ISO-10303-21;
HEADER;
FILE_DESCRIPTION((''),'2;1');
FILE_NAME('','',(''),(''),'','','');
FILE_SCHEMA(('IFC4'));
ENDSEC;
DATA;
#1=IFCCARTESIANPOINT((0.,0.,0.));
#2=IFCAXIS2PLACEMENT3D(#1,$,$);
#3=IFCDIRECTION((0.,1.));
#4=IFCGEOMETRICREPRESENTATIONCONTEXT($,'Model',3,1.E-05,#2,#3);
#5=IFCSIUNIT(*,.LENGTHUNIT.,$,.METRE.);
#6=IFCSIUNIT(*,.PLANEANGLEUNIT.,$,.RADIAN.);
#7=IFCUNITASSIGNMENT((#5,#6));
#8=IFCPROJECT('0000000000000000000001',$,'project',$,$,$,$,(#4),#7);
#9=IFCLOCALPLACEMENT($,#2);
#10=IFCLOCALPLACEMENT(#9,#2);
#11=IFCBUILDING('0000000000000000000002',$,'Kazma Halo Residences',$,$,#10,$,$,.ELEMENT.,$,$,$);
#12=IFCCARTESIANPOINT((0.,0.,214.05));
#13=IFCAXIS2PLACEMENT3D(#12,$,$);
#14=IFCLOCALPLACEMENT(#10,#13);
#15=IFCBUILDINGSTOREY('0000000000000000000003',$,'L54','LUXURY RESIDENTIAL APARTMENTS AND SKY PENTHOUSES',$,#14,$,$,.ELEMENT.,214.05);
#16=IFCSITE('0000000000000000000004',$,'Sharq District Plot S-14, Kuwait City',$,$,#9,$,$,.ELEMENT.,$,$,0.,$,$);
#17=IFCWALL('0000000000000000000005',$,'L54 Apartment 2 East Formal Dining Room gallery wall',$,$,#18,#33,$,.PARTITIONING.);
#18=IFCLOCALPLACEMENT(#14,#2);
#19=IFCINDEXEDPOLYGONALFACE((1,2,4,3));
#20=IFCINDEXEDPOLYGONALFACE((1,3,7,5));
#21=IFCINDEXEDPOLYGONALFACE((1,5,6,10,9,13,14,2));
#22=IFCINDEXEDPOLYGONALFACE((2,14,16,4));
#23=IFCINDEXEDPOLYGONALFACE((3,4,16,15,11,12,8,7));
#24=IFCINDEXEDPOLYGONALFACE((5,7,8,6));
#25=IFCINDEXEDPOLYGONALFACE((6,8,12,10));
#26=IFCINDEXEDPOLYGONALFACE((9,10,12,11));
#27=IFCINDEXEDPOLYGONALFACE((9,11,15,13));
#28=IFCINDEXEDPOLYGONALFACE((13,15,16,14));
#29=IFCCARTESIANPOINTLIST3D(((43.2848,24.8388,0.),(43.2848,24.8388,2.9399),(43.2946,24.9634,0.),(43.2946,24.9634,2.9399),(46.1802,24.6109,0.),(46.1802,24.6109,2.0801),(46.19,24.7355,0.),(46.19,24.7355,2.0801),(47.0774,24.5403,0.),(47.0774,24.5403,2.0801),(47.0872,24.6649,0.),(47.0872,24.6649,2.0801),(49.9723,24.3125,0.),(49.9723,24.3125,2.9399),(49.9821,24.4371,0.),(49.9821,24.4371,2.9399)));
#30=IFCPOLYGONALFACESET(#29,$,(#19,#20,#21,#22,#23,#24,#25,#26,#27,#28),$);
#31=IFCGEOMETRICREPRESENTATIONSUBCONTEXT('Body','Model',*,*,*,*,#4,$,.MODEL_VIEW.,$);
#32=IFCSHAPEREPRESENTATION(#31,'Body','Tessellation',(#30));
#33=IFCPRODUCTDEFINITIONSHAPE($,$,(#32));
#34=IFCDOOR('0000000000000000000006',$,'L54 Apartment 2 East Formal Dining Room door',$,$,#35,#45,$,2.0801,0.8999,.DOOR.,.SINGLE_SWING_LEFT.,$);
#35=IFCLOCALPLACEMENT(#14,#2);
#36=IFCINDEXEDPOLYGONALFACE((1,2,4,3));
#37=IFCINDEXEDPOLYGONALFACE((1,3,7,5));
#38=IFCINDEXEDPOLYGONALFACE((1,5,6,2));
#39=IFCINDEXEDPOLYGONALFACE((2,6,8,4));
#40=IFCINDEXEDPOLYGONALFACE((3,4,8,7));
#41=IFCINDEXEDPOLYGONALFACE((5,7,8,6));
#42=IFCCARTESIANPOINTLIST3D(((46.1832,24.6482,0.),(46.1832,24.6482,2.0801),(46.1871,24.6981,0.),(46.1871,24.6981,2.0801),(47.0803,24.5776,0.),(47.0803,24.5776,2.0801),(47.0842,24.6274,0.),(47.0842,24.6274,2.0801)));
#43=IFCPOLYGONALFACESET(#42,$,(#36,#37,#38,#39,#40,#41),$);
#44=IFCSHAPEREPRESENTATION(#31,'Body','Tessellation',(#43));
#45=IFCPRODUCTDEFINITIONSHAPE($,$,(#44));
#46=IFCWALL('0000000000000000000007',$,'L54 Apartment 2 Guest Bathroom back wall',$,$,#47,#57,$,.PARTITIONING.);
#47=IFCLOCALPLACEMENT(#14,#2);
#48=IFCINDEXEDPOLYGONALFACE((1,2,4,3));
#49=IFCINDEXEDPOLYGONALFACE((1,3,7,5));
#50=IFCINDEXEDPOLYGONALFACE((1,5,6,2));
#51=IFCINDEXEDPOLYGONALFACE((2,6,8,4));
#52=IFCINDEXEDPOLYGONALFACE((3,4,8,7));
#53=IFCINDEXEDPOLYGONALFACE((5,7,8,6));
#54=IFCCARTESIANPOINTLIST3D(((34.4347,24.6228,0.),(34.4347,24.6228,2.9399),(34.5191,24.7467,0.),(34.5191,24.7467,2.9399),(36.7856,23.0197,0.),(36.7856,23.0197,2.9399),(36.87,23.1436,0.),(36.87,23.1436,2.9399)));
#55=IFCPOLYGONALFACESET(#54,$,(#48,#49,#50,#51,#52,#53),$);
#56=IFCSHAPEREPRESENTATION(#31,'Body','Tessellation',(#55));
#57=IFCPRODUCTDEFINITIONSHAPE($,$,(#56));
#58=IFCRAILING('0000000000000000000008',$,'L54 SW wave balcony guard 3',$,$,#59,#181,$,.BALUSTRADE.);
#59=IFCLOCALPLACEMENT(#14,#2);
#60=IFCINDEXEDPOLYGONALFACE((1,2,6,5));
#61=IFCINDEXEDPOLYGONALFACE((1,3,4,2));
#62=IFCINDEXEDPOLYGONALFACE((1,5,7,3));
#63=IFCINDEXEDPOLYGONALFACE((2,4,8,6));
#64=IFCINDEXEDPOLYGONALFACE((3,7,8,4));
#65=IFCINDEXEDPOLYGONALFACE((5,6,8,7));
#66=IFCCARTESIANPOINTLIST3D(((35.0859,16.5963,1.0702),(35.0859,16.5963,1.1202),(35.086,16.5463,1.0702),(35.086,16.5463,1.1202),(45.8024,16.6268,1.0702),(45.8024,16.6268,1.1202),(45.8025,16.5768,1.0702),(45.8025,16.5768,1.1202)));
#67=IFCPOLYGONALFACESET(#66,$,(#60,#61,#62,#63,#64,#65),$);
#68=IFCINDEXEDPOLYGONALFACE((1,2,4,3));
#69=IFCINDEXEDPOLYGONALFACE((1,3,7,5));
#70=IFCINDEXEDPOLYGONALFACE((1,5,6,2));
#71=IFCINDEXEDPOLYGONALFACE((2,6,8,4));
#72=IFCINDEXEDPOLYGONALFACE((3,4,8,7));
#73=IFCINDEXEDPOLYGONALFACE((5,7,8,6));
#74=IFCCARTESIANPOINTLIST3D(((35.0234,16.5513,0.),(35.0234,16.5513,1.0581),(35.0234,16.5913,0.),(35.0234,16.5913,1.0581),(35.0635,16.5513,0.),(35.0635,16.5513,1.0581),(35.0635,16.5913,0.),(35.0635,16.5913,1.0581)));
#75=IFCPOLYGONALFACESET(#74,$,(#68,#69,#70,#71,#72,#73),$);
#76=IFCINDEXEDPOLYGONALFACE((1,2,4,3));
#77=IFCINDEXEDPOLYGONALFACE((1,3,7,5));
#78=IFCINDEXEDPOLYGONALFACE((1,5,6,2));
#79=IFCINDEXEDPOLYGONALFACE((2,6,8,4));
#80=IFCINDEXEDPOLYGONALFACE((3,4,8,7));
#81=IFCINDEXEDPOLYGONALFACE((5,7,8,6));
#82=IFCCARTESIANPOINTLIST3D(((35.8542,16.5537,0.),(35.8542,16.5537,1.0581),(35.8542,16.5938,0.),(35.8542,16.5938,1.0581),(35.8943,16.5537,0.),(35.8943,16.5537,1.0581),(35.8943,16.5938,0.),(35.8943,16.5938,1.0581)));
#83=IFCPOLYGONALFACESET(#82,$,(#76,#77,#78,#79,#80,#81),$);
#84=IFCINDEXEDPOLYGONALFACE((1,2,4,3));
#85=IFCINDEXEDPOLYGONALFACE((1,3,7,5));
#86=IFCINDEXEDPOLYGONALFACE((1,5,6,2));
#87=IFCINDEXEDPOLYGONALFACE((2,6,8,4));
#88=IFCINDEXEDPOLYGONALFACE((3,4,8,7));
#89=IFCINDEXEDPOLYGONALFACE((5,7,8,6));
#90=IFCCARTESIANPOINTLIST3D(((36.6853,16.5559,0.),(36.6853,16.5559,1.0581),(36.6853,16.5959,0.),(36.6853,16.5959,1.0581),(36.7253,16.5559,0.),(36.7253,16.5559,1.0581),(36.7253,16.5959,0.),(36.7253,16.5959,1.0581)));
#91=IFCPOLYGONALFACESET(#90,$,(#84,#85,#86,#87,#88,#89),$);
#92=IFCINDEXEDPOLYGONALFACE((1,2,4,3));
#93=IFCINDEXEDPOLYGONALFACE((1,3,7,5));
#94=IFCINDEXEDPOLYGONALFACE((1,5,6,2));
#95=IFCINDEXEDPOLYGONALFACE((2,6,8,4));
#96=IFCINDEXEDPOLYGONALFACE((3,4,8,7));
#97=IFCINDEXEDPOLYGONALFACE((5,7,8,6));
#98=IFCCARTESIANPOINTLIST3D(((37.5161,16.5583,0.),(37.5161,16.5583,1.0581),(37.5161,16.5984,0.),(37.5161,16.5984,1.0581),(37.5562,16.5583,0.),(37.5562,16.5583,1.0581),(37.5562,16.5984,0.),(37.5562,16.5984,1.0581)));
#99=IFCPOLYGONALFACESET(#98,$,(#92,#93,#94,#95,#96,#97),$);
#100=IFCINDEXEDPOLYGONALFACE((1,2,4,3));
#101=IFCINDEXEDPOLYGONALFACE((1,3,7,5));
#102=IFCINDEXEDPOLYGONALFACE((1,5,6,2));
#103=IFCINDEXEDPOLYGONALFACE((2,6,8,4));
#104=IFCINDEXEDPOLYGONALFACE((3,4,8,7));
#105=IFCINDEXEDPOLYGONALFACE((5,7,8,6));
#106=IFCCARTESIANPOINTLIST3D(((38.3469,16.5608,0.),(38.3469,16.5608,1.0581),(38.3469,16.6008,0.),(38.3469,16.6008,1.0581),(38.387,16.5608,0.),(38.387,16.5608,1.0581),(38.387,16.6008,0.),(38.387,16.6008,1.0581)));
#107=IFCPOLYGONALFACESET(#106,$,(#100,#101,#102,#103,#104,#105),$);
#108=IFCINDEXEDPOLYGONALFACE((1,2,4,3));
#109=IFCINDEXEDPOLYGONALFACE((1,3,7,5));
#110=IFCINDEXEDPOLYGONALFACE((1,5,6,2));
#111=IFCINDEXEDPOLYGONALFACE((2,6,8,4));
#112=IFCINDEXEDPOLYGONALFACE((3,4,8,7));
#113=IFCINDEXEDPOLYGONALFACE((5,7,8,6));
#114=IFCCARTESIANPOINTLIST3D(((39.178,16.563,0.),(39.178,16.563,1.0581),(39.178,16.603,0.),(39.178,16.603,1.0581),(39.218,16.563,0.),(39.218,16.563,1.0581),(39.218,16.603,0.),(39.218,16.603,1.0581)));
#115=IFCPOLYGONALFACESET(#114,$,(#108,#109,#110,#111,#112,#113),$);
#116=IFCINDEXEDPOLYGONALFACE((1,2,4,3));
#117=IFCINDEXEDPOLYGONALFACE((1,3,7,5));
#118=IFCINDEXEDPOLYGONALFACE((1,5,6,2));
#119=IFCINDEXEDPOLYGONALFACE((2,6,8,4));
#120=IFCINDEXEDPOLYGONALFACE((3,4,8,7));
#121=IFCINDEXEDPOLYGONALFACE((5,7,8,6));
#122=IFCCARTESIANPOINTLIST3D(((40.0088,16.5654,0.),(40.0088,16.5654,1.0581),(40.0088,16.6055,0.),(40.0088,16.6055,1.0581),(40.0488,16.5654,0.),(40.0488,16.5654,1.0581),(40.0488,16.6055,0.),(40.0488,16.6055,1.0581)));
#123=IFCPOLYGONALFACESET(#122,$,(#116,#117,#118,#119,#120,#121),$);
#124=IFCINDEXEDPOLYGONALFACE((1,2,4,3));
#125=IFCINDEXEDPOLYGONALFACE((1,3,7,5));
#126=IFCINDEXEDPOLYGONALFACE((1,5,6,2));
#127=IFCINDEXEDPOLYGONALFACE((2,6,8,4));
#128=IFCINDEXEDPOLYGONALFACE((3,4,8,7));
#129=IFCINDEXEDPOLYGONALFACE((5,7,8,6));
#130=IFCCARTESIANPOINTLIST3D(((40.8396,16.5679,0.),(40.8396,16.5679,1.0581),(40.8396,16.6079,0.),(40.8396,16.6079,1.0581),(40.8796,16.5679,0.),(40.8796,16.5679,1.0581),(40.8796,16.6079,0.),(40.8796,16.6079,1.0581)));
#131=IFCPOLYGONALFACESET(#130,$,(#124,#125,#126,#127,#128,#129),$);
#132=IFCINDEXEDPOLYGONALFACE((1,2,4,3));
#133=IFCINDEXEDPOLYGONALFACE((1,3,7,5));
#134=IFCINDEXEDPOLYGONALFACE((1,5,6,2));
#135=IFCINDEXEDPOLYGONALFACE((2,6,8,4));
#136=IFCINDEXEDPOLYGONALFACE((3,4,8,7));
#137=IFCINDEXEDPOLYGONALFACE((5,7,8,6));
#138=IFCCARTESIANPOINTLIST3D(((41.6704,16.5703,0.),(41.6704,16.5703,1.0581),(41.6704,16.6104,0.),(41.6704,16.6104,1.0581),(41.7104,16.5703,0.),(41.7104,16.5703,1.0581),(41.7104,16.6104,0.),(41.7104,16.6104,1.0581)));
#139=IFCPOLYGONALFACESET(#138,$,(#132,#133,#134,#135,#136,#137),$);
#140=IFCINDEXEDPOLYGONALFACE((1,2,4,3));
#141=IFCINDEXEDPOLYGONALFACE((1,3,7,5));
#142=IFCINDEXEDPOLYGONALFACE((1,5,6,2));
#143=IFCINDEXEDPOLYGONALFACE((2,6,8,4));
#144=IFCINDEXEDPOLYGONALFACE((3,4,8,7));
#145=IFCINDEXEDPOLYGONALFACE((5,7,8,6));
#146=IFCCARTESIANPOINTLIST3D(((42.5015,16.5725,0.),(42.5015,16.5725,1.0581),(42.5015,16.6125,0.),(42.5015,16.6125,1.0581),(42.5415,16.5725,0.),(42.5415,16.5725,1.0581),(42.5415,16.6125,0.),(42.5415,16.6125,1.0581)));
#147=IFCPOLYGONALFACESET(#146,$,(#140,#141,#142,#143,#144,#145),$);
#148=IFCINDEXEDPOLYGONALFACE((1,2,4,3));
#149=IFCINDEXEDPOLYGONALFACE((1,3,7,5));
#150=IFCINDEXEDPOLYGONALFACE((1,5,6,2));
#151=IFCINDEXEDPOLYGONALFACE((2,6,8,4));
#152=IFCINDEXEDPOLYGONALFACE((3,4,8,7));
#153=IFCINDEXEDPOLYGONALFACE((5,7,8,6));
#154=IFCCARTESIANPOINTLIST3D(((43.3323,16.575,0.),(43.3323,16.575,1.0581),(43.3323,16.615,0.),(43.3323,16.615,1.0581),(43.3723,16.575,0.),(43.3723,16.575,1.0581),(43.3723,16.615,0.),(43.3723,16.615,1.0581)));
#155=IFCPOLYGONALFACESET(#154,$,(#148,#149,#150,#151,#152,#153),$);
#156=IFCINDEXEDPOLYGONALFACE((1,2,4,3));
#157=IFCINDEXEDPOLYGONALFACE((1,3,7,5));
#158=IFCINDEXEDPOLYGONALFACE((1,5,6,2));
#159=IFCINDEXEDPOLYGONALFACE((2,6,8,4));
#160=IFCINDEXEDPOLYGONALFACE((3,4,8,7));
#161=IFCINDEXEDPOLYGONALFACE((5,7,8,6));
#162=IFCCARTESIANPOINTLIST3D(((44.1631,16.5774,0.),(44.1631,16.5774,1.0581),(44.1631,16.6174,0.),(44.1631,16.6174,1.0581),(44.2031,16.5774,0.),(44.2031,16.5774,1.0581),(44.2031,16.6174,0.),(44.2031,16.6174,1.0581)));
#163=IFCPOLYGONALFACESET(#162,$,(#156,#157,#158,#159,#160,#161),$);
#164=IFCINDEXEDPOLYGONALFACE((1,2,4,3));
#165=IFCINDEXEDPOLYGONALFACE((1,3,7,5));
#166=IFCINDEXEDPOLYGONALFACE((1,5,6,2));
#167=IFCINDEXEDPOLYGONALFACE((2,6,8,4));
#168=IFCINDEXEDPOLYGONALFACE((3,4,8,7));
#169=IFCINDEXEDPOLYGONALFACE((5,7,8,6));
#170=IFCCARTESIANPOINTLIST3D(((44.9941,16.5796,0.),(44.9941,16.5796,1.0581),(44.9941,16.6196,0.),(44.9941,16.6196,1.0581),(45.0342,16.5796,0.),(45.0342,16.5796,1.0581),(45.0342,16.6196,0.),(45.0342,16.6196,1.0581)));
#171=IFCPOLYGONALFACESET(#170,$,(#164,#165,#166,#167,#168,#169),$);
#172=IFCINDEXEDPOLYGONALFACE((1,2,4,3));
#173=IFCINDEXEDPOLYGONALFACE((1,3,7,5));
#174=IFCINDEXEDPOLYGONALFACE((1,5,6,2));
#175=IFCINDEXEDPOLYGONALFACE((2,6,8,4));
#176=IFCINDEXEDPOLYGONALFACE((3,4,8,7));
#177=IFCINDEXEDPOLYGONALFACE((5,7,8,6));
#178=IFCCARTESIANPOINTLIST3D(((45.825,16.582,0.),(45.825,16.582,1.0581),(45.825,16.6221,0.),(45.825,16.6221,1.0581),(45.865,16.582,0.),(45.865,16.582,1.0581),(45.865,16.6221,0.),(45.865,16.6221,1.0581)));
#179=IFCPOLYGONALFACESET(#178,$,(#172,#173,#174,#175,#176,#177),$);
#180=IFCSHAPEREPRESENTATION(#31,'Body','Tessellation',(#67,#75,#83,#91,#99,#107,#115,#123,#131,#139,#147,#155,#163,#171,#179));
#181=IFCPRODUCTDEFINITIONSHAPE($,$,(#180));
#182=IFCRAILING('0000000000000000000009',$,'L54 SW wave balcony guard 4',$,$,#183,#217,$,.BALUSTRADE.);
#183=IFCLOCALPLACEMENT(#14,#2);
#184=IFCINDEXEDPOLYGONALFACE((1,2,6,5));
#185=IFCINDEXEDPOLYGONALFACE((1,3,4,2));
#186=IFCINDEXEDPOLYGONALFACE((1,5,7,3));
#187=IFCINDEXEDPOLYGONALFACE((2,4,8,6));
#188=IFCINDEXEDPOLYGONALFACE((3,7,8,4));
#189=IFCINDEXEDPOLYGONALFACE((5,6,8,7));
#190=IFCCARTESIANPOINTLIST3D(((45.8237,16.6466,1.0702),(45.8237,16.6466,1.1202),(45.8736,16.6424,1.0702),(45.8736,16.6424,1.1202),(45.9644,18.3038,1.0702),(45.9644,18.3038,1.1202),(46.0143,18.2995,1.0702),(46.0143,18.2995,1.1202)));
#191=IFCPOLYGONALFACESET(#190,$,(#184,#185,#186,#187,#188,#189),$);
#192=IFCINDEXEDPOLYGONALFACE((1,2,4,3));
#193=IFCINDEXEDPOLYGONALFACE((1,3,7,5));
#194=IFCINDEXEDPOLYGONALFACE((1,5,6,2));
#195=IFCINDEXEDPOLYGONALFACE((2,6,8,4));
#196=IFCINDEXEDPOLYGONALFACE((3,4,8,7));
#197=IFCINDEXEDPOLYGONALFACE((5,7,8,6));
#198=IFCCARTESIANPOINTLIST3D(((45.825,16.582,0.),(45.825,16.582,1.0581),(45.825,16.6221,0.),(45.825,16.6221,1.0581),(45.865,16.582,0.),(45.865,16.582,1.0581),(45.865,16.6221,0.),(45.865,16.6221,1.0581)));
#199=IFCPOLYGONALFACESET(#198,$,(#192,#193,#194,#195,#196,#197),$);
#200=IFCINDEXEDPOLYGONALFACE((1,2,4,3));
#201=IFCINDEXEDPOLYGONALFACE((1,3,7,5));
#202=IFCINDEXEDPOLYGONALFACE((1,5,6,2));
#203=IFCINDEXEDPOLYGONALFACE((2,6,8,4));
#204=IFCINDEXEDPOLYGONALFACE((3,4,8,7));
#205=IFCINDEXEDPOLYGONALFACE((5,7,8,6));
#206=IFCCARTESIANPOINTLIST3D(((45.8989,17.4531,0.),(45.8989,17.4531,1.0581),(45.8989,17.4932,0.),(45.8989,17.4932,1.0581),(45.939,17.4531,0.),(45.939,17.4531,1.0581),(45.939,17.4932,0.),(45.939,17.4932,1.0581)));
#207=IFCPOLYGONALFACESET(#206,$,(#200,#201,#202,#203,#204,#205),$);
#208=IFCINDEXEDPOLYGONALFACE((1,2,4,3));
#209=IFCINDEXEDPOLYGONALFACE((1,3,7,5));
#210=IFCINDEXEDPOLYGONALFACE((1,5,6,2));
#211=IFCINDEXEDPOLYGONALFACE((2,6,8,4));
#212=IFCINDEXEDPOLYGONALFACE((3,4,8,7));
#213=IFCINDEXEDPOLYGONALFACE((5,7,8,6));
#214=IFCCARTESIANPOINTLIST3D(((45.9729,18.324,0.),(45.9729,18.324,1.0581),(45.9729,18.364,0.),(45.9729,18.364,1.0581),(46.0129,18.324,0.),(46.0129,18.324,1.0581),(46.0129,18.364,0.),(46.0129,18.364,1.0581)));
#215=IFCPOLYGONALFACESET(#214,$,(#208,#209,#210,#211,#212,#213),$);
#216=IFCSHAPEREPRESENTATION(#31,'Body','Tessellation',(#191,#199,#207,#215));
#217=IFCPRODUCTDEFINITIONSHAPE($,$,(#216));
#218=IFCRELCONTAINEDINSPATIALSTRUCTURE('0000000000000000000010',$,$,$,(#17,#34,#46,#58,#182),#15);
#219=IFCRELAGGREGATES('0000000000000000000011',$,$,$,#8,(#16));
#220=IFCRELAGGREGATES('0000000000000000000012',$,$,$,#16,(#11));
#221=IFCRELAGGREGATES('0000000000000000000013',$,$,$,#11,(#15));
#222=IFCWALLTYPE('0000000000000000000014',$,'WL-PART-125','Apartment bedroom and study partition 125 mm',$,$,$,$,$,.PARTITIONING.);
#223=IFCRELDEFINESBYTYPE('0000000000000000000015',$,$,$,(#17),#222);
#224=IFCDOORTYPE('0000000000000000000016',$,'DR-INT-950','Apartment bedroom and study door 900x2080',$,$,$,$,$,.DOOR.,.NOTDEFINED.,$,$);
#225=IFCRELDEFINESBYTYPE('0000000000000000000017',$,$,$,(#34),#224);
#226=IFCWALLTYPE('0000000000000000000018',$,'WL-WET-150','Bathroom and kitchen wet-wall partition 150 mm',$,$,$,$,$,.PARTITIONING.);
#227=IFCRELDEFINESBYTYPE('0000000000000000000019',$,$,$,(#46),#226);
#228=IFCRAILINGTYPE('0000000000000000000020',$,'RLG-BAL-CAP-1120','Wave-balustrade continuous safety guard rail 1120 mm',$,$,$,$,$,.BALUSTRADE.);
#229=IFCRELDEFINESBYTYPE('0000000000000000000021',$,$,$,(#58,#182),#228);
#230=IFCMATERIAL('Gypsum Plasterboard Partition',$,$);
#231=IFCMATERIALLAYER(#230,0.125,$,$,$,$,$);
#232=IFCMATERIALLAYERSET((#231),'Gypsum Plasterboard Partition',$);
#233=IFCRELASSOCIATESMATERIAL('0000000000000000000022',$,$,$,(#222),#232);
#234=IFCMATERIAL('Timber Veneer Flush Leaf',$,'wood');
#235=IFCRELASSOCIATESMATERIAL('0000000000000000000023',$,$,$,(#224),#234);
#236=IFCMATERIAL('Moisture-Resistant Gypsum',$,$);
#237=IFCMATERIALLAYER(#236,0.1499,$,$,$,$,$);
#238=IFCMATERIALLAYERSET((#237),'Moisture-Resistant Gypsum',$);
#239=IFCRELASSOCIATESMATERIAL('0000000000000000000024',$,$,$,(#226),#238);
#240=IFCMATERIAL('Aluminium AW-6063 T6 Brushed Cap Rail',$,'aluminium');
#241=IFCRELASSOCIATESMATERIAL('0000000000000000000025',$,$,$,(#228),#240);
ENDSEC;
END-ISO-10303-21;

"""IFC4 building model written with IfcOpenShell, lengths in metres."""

from ifc_helpers import new_model, si_unit, direction, frame, frame_2d, origin, origin_2d, place, context, subcontext, project, spatial, rectangle, extrude, material, layer, layer_set, type_object, element, fill, save


model = new_model("IFC4")

# Units and contexts
model_context = context("Model", 3, precision=1e-05, world=origin(), true_north=direction((0.0, 1.0)))
body_context = subcontext(model_context, "Body", "Model", "MODEL_VIEW")
ifc_project = project(units=[si_unit("LENGTHUNIT", "METRE"), si_unit("PLANEANGLEUNIT", "RADIAN")], contexts=[model_context])

# Site, building, storey
site_placement = place(None, origin())
site = spatial("IfcSite", under=ifc_project, at=site_placement, Name="Sharq District Plot S-14, Kuwait City", CompositionType="ELEMENT", RefElevation=0.0)
building_placement = place(site_placement, origin())
building = spatial("IfcBuilding", under=site, at=building_placement, Name="Kazma Halo Residences", CompositionType="ELEMENT")
storey_placement = place(building_placement, frame((0.0, 0.0, 214.05)))
storey = spatial("IfcBuildingStorey", under=building, at=storey_placement, Name="L54", Description="LUXURY RESIDENTIAL APARTMENTS AND SKY PENTHOUSES", CompositionType="ELEMENT", Elevation=214.05)

# Shared definitions
ifc_material_1 = material(Name="Gypsum Plasterboard Partition")
ifc_layer_1 = layer(ifc_material_1, 0.125)
ifc_layer_set_1 = layer_set([ifc_layer_1], Name="Gypsum Plasterboard Partition")
wall_type_1 = type_object("IfcWallType", Name="WL-PART-125", Description="Apartment bedroom and study partition 125 mm", PredefinedType="PARTITIONING", material=ifc_layer_set_1)

# Wall, opening, door
wall_1_placement = place(storey_placement, frame((43.2898, 24.9011, 0.0), z_axis=(0.0, 0.0, 1.0), x_axis=(0.996917, -0.078466, 0.0)))
wall_1 = element("IfcWall", 1, at=wall_1_placement, inside=storey, type_object=wall_type_1, Name="L54 Apartment 2 East Formal Dining Room gallery wall", PredefinedType="PARTITIONING", context=body_context, shape_type="SweptSolid", body=[
    extrude(rectangle(XDim=6.7083, YDim=0.125, at=frame_2d((3.354, 0.0))), origin(), (0.0, 0.0, 1.0), 2.9399),
])
opening_1_placement = place(wall_1_placement, frame((2.9043, 0.0, 0.0)))
opening_1 = element("IfcOpeningElement", 2, at=opening_1_placement, cuts=wall_1, PredefinedType="OPENING", context=body_context, shape_type="SweptSolid", body=[
    extrude(rectangle(XDim=0.8999, YDim=2.0801, at=frame_2d((0.45, 1.04))), frame((0.0, 0.0725, 0.0), z_axis=(0.0, -1.0, 0.0), x_axis=(1.0, 0.0, 0.0)), (0.0, 0.0, 1.0), 0.145),
])
ifc_material_2 = material(Name="Timber Veneer Flush Leaf", Category="wood")
door_type_1 = type_object("IfcDoorType", Name="DR-INT-950", Description="Apartment bedroom and study door 900x2080", OperationType="NOTDEFINED", PredefinedType="DOOR", material=ifc_material_2)
door_1_placement = place(opening_1_placement, origin())
door_1 = element("IfcDoor", 3, at=door_1_placement, inside=storey, type_object=door_type_1, Name="L54 Apartment 2 East Formal Dining Room door", OperationType="SINGLE_SWING_LEFT", OverallHeight=2.0801, OverallWidth=0.8999, PredefinedType="DOOR", context=body_context, shape_type="SweptSolid", body=[
    extrude(rectangle(XDim=0.8999, YDim=2.0801, at=frame_2d((0.45, 1.04))), frame((0.0, 0.0249, 0.0), z_axis=(0.0, -1.0, 0.0), x_axis=(1.0, 0.0, 0.0)), (0.0, 0.0, 1.0), 0.05),
])
fill(opening_1, door_1)

# Wall
ifc_material_3 = material(Name="Moisture-Resistant Gypsum")
ifc_layer_2 = layer(ifc_material_3, 0.1499)
ifc_layer_set_2 = layer_set([ifc_layer_2], Name="Moisture-Resistant Gypsum")
wall_type_2 = type_object("IfcWallType", Name="WL-WET-150", Description="Bathroom and kitchen wet-wall partition 150 mm", PredefinedType="PARTITIONING", material=ifc_layer_set_2)
wall_2_placement = place(storey_placement, frame((34.4768, 24.6848, 0.0), z_axis=(0.0, 0.0, 1.0), x_axis=(0.826196, -0.563382, 0.0)))
element("IfcWall", 4, at=wall_2_placement, inside=storey, type_object=wall_type_2, Name="L54 Apartment 2 Guest Bathroom back wall", PredefinedType="PARTITIONING", context=body_context, shape_type="SweptSolid", body=[
    extrude(rectangle(XDim=2.8455, YDim=0.1499, at=frame_2d((1.4229, 0.0))), origin(), (0.0, 0.0, 1.0), 2.9399),
])

# Railings
ifc_material_4 = material(Name="Aluminium AW-6063 T6 Brushed Cap Rail", Category="aluminium")
railing_type = type_object("IfcRailingType", Name="RLG-BAL-CAP-1120", Description="Wave-balustrade continuous safety guard rail 1120 mm", PredefinedType="BALUSTRADE", material=ifc_material_4)
railing_1_placement = place(storey_placement, frame((35.0435, 16.5713, 0.0)))
element("IfcRailing", 5, at=railing_1_placement, inside=storey, type_object=railing_type, Name="L54 SW wave balcony guard 3", PredefinedType="BALUSTRADE", context=body_context, shape_type="SweptSolid", body=[
    extrude(rectangle(XDim=0.05, YDim=0.05, at=origin_2d()), frame((0.0425, 0.0, 1.0952), z_axis=(0.999996, 0.002848, 0.0), x_axis=(-0.002848, 0.999996, 0.0)), (0.0, 0.0, 1.0), 10.7166),
    extrude(rectangle(XDim=0.04, YDim=0.04, at=origin_2d()), origin(), (0.0, 0.0, 1.0), 1.0581),
    extrude(rectangle(XDim=0.04, YDim=0.04, at=origin_2d()), frame((0.8308, 0.0024, 0.0)), (0.0, 0.0, 1.0), 1.0581),
    extrude(rectangle(XDim=0.04, YDim=0.04, at=origin_2d()), frame((1.6619, 0.0046, 0.0)), (0.0, 0.0, 1.0), 1.0581),
    extrude(rectangle(XDim=0.04, YDim=0.04, at=origin_2d()), frame((2.4927, 0.0071, 0.0)), (0.0, 0.0, 1.0), 1.0581),
    extrude(rectangle(XDim=0.04, YDim=0.04, at=origin_2d()), frame((3.3235, 0.0095, 0.0)), (0.0, 0.0, 1.0), 1.0581),
    extrude(rectangle(XDim=0.04, YDim=0.04, at=origin_2d()), frame((4.1545, 0.0117, 0.0)), (0.0, 0.0, 1.0), 1.0581),
    extrude(rectangle(XDim=0.04, YDim=0.04, at=origin_2d()), frame((4.9854, 0.0142, 0.0)), (0.0, 0.0, 1.0), 1.0581),
    extrude(rectangle(XDim=0.04, YDim=0.04, at=origin_2d()), frame((5.8162, 0.0166, 0.0)), (0.0, 0.0, 1.0), 1.0581),
    extrude(rectangle(XDim=0.04, YDim=0.04, at=origin_2d()), frame((6.647, 0.019, 0.0)), (0.0, 0.0, 1.0), 1.0581),
    extrude(rectangle(XDim=0.04, YDim=0.04, at=origin_2d()), frame((7.478, 0.0212, 0.0)), (0.0, 0.0, 1.0), 1.0581),
    extrude(rectangle(XDim=0.04, YDim=0.04, at=origin_2d()), frame((8.3088, 0.0237, 0.0)), (0.0, 0.0, 1.0), 1.0581),
    extrude(rectangle(XDim=0.04, YDim=0.04, at=origin_2d()), frame((9.1396, 0.0261, 0.0)), (0.0, 0.0, 1.0), 1.0581),
    extrude(rectangle(XDim=0.04, YDim=0.04, at=origin_2d()), frame((9.9707, 0.0283, 0.0)), (0.0, 0.0, 1.0), 1.0581),
    extrude(rectangle(XDim=0.04, YDim=0.04, at=origin_2d()), frame((10.8015, 0.0308, 0.0)), (0.0, 0.0, 1.0), 1.0581),
])
railing_2_placement = place(storey_placement, frame((45.845, 16.6021, 0.0)))
element("IfcRailing", 6, at=railing_2_placement, inside=storey, type_object=railing_type, Name="L54 SW wave balcony guard 4", PredefinedType="BALUSTRADE", context=body_context, shape_type="SweptSolid", body=[
    extrude(rectangle(XDim=0.05, YDim=0.05, at=origin_2d()), frame((0.0037, 0.0425, 1.0952), z_axis=(0.084629, 0.996413, 0.0), x_axis=(-0.996413, 0.084629, 0.0)), (0.0, 0.0, 1.0), 1.6631),
    extrude(rectangle(XDim=0.04, YDim=0.04, at=origin_2d()), origin(), (0.0, 0.0, 1.0), 1.0581),
    extrude(rectangle(XDim=0.04, YDim=0.04, at=origin_2d()), frame((0.074, 0.8711, 0.0)), (0.0, 0.0, 1.0), 1.0581),
    extrude(rectangle(XDim=0.04, YDim=0.04, at=origin_2d()), frame((0.1479, 1.7419, 0.0)), (0.0, 0.0, 1.0), 1.0581),
])

save(model, "model.ifc")
